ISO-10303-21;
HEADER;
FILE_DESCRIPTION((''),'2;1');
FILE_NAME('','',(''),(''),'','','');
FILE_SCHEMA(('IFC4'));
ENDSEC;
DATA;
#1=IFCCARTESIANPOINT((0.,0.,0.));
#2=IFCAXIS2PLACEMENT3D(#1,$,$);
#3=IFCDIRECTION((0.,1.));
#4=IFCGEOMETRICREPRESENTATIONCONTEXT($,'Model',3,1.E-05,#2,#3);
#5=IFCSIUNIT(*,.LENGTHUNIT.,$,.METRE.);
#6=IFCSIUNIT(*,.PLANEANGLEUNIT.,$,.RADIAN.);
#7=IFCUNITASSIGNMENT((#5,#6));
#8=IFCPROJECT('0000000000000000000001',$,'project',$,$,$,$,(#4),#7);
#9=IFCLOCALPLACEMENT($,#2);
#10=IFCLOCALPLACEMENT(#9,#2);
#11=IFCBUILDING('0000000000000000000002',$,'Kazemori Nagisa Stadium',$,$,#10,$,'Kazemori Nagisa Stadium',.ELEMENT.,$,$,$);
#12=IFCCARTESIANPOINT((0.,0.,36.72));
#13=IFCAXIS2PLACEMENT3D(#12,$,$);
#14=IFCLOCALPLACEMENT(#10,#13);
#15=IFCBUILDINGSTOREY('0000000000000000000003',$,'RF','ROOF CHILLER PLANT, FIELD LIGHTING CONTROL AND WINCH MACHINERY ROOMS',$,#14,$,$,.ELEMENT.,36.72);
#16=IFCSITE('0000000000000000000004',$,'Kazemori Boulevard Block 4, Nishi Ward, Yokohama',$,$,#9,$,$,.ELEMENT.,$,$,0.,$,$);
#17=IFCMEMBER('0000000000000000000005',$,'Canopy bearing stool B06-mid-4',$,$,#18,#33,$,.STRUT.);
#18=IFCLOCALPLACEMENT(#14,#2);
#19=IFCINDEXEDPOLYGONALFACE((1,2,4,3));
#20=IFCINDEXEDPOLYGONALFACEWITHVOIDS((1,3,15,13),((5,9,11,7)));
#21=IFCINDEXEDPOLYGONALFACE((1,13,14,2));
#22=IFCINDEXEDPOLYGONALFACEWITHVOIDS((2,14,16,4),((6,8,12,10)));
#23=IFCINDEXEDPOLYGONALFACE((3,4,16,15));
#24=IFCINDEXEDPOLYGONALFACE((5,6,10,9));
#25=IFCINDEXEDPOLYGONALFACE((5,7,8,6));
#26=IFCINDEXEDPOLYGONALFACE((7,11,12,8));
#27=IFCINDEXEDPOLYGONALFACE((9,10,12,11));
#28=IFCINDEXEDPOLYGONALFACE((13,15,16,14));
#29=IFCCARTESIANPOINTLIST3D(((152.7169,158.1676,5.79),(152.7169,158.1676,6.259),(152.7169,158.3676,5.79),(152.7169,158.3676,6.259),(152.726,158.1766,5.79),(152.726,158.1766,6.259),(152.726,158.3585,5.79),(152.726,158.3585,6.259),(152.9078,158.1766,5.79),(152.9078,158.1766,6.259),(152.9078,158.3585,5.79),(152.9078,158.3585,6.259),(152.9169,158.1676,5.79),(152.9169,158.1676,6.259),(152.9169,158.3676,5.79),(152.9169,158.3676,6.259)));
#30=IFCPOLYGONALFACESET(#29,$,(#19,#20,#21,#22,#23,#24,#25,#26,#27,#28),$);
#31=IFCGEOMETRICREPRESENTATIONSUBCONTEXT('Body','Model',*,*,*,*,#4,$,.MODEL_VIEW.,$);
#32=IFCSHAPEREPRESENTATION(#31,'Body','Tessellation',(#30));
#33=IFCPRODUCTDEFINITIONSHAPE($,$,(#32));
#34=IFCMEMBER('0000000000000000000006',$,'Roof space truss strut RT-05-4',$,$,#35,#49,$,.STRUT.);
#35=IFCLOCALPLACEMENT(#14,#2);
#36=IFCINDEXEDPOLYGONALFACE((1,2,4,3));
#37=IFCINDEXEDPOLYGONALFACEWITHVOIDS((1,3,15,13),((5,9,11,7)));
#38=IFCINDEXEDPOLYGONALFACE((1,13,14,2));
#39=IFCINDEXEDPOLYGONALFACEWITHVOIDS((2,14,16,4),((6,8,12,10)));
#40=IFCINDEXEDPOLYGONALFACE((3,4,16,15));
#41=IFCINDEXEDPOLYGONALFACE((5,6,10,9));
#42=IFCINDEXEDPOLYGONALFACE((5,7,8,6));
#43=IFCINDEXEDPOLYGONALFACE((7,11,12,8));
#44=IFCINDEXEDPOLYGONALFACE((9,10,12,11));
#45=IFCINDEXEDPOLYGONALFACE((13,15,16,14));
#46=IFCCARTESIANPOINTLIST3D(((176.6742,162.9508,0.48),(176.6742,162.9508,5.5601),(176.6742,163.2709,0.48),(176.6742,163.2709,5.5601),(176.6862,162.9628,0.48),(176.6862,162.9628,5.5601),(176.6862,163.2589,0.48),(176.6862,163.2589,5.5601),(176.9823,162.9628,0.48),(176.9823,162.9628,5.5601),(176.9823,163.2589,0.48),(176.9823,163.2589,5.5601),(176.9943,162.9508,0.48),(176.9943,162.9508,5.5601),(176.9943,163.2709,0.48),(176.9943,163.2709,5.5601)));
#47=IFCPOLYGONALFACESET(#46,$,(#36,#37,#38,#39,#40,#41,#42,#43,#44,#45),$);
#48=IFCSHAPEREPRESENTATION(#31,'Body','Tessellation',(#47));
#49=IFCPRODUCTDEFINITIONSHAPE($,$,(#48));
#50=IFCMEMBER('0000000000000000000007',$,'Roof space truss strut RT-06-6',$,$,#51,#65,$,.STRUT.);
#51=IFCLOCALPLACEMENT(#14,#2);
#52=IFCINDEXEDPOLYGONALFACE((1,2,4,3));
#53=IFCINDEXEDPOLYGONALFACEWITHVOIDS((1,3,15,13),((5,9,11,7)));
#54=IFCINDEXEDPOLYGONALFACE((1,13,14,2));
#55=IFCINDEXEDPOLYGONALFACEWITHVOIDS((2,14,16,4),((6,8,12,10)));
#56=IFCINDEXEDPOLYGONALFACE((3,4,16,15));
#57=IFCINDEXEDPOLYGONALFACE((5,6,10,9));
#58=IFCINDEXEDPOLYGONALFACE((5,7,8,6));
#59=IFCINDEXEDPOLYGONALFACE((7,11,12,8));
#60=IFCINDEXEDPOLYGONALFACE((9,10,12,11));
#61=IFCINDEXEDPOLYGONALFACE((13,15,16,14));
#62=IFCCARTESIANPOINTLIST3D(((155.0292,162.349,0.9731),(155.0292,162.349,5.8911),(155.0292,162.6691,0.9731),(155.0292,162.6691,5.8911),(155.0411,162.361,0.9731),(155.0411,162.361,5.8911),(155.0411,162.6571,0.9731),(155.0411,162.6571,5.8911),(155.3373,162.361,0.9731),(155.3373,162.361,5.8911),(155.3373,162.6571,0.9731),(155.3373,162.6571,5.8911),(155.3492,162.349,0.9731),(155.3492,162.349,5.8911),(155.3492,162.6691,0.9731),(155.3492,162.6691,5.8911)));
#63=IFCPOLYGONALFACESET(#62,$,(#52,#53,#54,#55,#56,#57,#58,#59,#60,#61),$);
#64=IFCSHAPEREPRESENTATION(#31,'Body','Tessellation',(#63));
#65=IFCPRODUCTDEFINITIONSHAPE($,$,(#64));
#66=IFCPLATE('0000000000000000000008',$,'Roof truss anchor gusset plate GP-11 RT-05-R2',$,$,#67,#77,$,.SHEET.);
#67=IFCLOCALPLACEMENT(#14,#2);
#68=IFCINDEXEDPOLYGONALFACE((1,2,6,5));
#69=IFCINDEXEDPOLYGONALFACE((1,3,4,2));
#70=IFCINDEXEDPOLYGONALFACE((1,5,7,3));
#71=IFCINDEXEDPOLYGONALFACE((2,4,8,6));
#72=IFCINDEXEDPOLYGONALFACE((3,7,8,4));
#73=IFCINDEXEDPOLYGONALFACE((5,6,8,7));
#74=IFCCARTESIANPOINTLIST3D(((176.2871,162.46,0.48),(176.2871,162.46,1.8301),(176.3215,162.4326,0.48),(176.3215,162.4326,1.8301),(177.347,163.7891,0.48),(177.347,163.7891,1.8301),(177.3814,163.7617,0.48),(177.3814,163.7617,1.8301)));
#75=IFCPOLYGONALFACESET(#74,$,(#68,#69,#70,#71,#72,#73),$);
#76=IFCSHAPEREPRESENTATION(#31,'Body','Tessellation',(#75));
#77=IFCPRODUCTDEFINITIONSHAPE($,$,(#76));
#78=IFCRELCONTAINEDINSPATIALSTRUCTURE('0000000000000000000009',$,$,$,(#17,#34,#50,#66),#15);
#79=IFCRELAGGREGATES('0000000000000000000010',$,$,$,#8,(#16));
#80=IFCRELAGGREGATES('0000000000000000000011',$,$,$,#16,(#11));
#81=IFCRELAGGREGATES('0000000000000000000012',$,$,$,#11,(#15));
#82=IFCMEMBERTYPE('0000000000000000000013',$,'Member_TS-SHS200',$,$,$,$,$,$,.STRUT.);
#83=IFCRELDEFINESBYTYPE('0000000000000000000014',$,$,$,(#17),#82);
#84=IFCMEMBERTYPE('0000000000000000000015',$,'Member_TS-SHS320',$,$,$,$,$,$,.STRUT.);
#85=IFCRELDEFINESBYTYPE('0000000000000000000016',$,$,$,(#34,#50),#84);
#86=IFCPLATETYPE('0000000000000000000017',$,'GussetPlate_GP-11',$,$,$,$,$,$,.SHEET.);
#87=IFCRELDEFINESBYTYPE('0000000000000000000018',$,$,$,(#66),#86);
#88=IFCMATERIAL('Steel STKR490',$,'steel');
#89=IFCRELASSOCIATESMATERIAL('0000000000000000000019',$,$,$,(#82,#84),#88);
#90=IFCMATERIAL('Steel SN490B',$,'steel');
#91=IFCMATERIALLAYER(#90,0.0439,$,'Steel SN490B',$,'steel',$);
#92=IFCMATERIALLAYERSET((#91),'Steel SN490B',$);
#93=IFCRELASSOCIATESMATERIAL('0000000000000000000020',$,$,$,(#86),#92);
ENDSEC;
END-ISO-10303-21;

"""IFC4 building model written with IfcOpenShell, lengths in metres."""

from ifc_helpers import new_model, si_unit, direction, frame, origin, origin_2d, place, context, subcontext, project, spatial, rectangle, hollow_rectangle, extrude, material, layer, layer_set, material_profile, profile_set, type_object, element, save


model = new_model("IFC4")

# Units and contexts
model_context = context("Model", 3, precision=1e-05, world=origin(), true_north=direction((0.0, 1.0)))
body_context = subcontext(model_context, "Body", "Model", "MODEL_VIEW")
ifc_project = project(units=[si_unit("LENGTHUNIT", "METRE"), si_unit("PLANEANGLEUNIT", "RADIAN")], contexts=[model_context])

# Site, building, storey
site_placement = place(None, origin())
site = spatial("IfcSite", under=ifc_project, at=site_placement, Name="Kazemori Boulevard Block 4, Nishi Ward, Yokohama", CompositionType="ELEMENT", RefElevation=0.0)
building_placement = place(site_placement, origin())
building = spatial("IfcBuilding", under=site, at=building_placement, Name="Kazemori Nagisa Stadium", LongName="Kazemori Nagisa Stadium", CompositionType="ELEMENT")
storey_placement = place(building_placement, frame((0.0, 0.0, 36.72)))
storey = spatial("IfcBuildingStorey", under=building, at=storey_placement, Name="RF", Description="ROOF CHILLER PLANT, FIELD LIGHTING CONTROL AND WINCH MACHINERY ROOMS", CompositionType="ELEMENT", Elevation=36.72)

# Shared definitions
ifc_material_1 = material(Name="Steel SN490B", Category="steel")

# Members
ifc_material_2 = material(Name="Steel STKR490", Category="steel")
ifc_material_profile_1 = material_profile(ifc_material_2, hollow_rectangle(XDim=0.2, YDim=0.2, WallThickness=0.009, at=origin_2d()), Name="SHS-200x200x9")
ifc_profile_set_1 = profile_set([ifc_material_profile_1], Name="Steel STKR490")
member_type_1 = type_object("IfcMemberType", Name="Member_TS-SHS200", PredefinedType="STRUT", material=ifc_profile_set_1)
member_1_placement = place(storey_placement, frame((152.8169, 158.2676, 5.79), z_axis=(0.0, 0.0, 1.0), x_axis=(1.0, 0.0, 0.0)))
element("IfcMember", 1, at=member_1_placement, inside=storey, type_object=member_type_1, Name="Canopy bearing stool B06-mid-4", PredefinedType="STRUT", context=body_context, shape_type="SweptSolid", body=[
    extrude(hollow_rectangle(XDim=0.2, YDim=0.2, WallThickness=0.009, at=origin_2d()), origin(), (0.0, 0.0, 1.0), 0.469),
])
ifc_material_profile_2 = material_profile(ifc_material_2, hollow_rectangle(XDim=0.3201, YDim=0.3201, WallThickness=0.012, at=origin_2d()), Name="SHS-320x320x12")
ifc_profile_set_2 = profile_set([ifc_material_profile_2], Name="Steel STKR490")
member_type_2 = type_object("IfcMemberType", Name="Member_TS-SHS320", PredefinedType="STRUT", material=ifc_profile_set_2)
member_2_placement = place(storey_placement, frame((176.8342, 163.1108, 0.48), z_axis=(0.0, 0.0, 1.0), x_axis=(1.0, 0.0, 0.0)))
element("IfcMember", 2, at=member_2_placement, inside=storey, type_object=member_type_2, Name="Roof space truss strut RT-05-4", PredefinedType="STRUT", context=body_context, shape_type="SweptSolid", body=[
    extrude(hollow_rectangle(XDim=0.3201, YDim=0.3201, WallThickness=0.012, at=origin_2d()), origin(), (0.0, 0.0, 1.0), 5.0801),
])
member_3_placement = place(storey_placement, frame((155.1892, 162.509, 0.9731), z_axis=(0.0, 0.0, 1.0), x_axis=(1.0, 0.0, 0.0)))
element("IfcMember", 3, at=member_3_placement, inside=storey, type_object=member_type_2, Name="Roof space truss strut RT-06-6", PredefinedType="STRUT", context=body_context, shape_type="SweptSolid", body=[
    extrude(hollow_rectangle(XDim=0.3201, YDim=0.3201, WallThickness=0.012, at=origin_2d()), origin(), (0.0, 0.0, 1.0), 4.918),
])

# Plate
ifc_layer = layer(ifc_material_1, 0.0439, Name="Steel SN490B", Category="steel")
ifc_layer_set = layer_set([ifc_layer], Name="Steel SN490B")
plate_type = type_object("IfcPlateType", Name="GussetPlate_GP-11", PredefinedType="SHEET", material=ifc_layer_set)
plate_placement = place(storey_placement, frame((176.8342, 163.1108, 0.48), z_axis=(0.0, 0.0, 1.0), x_axis=(0.62349, 0.781831, 0.0)))
element("IfcPlate", 4, at=plate_placement, inside=storey, type_object=plate_type, Name="Roof truss anchor gusset plate GP-11 RT-05-R2", PredefinedType="SHEET", context=body_context, shape_type="SweptSolid", body=[
    extrude(rectangle(XDim=1.7, YDim=0.0439, at=origin_2d()), origin(), (0.0, 0.0, 1.0), 1.3501),
])

save(model, "model.ifc")
